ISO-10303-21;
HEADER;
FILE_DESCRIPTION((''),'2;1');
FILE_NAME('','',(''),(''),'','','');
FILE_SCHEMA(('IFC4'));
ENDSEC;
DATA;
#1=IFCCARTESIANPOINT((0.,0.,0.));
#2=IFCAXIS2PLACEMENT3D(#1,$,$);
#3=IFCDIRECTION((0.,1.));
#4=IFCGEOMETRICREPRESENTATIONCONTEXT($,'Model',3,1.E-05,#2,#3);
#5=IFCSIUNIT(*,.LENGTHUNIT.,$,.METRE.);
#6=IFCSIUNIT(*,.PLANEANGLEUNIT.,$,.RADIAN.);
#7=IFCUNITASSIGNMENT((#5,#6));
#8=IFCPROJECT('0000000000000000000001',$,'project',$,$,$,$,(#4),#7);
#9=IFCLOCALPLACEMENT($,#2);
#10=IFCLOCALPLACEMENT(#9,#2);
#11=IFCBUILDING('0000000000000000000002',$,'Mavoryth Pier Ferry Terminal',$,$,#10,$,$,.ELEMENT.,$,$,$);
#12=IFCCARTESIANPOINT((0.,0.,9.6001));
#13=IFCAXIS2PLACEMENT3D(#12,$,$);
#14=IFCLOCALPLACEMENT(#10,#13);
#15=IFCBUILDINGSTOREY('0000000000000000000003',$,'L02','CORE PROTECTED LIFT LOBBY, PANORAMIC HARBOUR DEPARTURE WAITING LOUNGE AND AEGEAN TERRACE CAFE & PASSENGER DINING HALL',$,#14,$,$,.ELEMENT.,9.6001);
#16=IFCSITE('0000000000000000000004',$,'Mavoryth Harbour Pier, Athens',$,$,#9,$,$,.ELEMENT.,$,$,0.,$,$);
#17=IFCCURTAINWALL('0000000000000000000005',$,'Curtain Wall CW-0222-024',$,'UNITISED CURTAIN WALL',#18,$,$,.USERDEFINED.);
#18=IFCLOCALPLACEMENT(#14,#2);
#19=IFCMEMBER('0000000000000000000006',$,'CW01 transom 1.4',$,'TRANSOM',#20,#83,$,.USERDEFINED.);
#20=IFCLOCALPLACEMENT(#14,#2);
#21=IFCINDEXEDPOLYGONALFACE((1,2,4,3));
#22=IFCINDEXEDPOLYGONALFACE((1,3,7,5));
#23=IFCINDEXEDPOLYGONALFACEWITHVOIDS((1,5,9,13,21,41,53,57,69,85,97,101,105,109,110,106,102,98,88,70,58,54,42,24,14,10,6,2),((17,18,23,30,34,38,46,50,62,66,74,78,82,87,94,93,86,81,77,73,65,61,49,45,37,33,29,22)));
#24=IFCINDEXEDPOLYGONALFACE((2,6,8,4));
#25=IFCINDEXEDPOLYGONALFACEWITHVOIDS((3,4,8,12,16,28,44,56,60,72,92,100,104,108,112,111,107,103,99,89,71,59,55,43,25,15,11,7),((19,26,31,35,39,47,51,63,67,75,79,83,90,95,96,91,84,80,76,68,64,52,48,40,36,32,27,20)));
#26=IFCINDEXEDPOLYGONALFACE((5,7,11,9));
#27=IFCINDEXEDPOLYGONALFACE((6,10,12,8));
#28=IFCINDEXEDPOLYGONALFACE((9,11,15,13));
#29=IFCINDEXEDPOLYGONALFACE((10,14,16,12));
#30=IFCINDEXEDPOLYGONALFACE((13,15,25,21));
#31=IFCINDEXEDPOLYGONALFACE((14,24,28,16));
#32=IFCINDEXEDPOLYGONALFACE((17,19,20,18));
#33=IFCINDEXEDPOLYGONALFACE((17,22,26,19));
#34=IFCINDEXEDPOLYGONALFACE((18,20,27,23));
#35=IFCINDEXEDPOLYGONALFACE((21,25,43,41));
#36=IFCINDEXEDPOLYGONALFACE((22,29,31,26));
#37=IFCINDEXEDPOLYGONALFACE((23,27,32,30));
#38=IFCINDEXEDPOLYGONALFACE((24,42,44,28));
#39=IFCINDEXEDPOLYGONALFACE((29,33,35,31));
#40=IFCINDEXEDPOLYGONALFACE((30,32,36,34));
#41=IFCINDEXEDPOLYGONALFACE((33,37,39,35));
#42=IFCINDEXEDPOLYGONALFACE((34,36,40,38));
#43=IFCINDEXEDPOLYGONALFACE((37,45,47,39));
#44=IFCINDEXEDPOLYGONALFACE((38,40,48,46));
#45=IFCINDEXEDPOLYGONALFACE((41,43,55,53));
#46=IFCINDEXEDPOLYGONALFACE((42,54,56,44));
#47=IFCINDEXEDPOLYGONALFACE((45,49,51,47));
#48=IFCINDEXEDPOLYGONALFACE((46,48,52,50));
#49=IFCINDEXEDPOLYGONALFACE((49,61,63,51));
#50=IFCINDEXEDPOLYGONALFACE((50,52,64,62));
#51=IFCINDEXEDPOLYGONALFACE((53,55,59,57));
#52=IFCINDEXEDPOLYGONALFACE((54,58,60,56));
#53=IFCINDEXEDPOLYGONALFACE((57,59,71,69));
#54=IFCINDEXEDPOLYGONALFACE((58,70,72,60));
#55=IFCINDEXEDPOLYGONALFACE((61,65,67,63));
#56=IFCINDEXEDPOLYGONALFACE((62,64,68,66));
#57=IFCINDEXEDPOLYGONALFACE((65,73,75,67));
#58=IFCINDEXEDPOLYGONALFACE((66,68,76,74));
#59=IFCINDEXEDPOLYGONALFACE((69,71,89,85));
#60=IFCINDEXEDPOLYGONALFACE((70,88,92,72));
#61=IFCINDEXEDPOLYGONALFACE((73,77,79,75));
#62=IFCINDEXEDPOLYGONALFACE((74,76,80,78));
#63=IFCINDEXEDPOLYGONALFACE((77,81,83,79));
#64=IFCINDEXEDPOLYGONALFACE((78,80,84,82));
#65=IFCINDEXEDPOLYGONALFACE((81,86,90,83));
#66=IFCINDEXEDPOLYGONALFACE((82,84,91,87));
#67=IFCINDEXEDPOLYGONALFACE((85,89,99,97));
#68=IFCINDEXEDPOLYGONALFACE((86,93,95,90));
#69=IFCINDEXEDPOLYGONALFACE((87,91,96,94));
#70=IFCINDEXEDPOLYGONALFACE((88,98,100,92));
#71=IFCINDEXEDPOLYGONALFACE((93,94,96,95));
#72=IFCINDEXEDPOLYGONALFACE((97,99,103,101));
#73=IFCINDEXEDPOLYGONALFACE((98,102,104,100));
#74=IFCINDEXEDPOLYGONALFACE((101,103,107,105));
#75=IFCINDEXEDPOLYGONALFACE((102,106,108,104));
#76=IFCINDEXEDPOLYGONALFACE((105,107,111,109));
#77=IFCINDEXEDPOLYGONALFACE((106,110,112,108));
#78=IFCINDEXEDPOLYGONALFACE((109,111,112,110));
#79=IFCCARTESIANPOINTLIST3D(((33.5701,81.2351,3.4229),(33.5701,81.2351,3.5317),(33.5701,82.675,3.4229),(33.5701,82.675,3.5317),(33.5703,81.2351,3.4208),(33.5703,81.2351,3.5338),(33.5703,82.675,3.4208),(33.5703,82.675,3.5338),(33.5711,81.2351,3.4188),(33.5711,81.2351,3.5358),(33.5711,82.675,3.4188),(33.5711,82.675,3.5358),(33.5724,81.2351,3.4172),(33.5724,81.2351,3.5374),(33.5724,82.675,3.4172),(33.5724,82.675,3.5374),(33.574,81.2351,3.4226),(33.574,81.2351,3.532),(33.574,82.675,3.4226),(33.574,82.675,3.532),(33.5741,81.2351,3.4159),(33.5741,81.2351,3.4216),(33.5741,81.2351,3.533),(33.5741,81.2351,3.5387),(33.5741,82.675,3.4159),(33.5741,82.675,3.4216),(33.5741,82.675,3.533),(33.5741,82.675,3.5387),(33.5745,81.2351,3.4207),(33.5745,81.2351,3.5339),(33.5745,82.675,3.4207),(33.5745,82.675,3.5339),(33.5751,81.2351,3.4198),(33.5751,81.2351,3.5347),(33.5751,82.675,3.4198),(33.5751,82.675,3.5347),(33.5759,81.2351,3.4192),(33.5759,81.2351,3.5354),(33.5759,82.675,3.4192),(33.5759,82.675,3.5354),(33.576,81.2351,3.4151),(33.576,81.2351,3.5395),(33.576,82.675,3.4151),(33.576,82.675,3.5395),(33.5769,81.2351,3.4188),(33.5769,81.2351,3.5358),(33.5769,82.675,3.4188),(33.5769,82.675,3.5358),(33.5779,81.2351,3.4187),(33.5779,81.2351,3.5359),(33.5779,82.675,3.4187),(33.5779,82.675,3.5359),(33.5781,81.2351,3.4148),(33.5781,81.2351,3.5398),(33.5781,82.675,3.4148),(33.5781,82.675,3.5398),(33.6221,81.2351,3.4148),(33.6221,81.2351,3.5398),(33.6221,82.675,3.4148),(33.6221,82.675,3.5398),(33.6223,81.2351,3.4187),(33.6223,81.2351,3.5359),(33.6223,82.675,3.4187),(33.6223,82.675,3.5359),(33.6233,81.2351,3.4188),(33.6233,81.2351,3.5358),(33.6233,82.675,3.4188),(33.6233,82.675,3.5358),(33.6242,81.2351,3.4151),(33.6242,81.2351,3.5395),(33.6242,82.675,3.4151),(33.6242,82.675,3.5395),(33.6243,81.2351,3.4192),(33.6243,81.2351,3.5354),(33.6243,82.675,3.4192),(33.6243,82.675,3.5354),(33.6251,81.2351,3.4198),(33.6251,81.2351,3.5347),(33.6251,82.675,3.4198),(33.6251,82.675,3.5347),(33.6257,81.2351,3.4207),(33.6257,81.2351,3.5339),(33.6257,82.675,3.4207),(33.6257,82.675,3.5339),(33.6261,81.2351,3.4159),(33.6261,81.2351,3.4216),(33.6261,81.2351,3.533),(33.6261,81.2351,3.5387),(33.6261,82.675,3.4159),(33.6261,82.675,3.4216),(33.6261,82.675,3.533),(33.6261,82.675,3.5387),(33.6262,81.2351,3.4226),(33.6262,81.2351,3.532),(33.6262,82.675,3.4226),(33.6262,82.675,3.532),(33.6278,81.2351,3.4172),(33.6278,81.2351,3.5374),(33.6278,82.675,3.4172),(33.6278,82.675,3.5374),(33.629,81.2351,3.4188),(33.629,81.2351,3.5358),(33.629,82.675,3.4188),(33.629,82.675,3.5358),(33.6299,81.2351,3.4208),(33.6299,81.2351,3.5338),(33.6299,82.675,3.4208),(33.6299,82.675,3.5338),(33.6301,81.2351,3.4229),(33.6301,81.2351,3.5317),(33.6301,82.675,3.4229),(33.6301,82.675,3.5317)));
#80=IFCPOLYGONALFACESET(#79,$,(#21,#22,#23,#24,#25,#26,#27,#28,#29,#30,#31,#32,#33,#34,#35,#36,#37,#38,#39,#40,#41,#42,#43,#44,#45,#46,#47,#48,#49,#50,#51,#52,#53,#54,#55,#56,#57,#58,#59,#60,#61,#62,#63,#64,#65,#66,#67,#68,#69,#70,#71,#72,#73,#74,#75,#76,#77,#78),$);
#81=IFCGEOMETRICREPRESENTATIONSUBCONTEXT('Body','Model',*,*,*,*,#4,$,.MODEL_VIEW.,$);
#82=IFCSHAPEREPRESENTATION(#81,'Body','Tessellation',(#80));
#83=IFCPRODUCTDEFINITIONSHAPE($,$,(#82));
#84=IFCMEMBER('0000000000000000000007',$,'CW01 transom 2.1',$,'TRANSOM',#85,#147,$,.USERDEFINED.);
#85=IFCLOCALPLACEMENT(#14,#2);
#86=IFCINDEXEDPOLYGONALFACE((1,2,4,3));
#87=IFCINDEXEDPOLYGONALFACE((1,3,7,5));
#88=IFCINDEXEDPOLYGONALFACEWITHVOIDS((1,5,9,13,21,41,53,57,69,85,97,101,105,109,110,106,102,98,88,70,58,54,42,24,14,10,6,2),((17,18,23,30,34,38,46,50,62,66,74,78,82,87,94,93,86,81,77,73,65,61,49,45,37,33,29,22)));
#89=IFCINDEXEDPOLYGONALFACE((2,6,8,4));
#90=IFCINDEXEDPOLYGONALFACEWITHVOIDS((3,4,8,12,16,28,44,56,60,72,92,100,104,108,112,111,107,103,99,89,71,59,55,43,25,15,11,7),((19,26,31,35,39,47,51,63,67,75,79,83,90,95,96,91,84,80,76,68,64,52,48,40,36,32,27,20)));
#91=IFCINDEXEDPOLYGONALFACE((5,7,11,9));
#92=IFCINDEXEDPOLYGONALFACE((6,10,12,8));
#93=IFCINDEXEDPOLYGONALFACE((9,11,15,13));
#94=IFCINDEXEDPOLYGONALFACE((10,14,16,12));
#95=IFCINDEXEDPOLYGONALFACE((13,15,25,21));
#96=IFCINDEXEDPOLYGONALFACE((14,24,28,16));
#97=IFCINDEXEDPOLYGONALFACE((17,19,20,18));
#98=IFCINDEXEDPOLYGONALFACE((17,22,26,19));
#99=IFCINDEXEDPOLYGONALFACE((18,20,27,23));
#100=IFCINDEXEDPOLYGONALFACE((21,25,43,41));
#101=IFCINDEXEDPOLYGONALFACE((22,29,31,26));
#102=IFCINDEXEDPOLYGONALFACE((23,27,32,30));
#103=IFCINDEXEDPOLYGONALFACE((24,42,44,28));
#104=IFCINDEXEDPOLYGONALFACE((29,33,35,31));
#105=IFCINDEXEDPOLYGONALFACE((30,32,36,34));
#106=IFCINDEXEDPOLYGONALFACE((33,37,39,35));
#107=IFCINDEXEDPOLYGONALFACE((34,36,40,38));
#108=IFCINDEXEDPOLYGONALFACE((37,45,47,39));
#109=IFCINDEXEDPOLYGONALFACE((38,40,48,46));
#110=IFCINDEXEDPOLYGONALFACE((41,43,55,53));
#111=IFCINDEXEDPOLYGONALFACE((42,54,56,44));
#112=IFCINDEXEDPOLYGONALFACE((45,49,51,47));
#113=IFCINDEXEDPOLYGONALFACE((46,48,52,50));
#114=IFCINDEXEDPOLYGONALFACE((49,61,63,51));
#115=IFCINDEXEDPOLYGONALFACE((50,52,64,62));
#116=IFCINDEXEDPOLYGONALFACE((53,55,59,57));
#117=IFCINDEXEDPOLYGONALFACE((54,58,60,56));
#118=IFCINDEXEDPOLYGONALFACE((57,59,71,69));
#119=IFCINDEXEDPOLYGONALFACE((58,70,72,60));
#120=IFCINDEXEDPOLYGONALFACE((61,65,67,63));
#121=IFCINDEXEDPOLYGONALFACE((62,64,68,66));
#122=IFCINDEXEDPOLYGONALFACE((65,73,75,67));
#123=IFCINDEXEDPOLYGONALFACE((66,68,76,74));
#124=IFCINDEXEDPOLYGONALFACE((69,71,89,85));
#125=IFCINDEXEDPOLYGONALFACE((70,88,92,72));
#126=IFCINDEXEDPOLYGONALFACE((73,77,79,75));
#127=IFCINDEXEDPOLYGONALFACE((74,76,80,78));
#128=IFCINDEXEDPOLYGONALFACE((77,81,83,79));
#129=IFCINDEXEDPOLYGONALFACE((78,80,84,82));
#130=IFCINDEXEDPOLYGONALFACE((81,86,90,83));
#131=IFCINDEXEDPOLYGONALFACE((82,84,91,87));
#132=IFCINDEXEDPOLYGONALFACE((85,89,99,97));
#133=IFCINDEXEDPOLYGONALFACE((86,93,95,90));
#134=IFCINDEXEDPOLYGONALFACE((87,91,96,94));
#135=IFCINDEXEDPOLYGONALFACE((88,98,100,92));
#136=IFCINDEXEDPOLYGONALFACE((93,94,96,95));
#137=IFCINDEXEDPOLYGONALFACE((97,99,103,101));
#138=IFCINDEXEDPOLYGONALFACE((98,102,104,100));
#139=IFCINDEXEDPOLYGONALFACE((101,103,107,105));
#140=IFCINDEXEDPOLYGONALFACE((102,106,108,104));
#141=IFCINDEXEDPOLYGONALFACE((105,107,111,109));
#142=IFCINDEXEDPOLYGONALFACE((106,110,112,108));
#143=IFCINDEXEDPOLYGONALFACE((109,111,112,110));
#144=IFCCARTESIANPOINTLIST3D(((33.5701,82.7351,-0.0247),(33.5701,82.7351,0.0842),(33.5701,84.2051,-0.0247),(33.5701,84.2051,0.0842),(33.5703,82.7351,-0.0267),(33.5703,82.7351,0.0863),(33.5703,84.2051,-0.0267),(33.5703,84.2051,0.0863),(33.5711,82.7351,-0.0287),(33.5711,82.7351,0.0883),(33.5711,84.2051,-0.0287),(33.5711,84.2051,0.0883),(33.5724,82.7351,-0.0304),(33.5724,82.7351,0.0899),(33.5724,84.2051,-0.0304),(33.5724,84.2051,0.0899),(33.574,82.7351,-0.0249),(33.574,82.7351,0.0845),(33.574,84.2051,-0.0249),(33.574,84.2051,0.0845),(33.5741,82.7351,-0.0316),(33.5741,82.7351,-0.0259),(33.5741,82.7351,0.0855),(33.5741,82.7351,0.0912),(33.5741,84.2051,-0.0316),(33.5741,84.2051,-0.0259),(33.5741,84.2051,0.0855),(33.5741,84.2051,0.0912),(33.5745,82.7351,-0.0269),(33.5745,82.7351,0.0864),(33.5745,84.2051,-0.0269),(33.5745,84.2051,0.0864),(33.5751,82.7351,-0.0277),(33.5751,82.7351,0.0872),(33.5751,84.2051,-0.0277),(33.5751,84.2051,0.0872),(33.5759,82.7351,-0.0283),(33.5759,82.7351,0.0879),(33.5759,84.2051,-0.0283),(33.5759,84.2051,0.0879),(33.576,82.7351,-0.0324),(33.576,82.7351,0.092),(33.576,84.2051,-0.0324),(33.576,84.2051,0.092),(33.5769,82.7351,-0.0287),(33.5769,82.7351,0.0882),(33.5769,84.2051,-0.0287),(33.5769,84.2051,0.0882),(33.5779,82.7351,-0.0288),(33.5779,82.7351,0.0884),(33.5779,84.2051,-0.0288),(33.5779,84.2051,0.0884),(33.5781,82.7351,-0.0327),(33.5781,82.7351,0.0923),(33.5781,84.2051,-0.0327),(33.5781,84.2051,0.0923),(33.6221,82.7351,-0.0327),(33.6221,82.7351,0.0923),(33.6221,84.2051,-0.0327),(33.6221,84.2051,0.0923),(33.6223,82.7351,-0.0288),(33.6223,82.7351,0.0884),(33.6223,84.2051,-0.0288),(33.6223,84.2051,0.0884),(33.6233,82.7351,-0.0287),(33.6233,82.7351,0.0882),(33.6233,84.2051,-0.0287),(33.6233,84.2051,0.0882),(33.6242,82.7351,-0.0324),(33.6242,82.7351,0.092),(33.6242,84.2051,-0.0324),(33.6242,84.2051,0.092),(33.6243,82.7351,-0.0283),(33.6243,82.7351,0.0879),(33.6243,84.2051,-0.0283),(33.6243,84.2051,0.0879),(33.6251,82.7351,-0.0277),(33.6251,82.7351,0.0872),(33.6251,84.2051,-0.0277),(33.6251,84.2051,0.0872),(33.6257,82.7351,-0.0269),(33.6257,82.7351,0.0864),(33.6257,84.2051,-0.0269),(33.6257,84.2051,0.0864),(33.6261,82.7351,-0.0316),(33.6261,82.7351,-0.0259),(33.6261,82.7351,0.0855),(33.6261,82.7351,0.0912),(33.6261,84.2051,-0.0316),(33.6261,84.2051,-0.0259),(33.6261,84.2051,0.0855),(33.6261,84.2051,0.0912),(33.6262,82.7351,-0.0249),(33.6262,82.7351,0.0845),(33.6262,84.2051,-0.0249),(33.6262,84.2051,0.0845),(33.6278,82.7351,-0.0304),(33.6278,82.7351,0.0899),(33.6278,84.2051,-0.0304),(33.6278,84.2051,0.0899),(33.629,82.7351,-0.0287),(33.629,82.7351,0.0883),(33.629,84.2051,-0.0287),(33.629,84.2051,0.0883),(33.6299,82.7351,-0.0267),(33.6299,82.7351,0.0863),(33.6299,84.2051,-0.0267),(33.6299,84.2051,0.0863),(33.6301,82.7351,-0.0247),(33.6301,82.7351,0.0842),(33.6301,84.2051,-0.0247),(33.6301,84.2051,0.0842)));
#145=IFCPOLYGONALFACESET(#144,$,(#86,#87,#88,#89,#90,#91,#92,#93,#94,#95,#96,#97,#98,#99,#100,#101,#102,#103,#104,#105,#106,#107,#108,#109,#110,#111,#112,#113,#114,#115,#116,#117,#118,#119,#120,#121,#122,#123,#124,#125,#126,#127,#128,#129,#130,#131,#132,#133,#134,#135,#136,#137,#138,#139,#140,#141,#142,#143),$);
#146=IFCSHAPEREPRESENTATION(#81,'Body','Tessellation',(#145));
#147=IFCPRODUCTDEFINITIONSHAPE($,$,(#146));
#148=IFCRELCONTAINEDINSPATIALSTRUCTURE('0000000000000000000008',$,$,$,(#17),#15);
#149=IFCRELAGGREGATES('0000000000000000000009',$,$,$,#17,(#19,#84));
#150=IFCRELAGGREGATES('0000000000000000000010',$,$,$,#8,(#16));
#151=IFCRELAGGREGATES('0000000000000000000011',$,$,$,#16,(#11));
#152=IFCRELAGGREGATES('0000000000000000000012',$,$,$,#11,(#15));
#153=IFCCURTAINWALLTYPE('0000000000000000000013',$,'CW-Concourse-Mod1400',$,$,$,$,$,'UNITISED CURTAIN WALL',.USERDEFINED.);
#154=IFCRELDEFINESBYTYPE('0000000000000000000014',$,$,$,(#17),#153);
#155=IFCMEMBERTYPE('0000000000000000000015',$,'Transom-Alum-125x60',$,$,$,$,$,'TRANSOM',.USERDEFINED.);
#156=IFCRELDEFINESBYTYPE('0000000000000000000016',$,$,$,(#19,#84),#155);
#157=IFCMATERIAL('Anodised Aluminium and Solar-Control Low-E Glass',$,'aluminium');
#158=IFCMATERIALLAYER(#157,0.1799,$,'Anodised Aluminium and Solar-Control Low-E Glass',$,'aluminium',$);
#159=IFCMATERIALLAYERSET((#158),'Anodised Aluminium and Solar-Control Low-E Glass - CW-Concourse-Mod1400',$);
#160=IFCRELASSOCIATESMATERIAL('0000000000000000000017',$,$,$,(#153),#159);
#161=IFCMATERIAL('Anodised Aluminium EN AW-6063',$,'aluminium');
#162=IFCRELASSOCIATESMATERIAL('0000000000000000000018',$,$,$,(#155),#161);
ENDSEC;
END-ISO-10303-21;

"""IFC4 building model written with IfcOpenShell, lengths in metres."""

from ifc_helpers import new_model, si_unit, direction, frame, origin, origin_2d, place, context, subcontext, project, spatial, hollow_rectangle, extrude, material, layer, layer_set, material_profile, profile_set, type_object, element, aggregate, save


model = new_model("IFC4")

# Units and contexts
model_context = context("Model", 3, precision=1e-05, world=origin(), true_north=direction((0.0, 1.0)))
body_context = subcontext(model_context, "Body", "Model", "MODEL_VIEW")
ifc_project = project(units=[si_unit("LENGTHUNIT", "METRE"), si_unit("PLANEANGLEUNIT", "RADIAN")], contexts=[model_context])

# Site, building, storey
site_placement = place(None, origin())
site = spatial("IfcSite", under=ifc_project, at=site_placement, Name="Mavoryth Harbour Pier, Athens", CompositionType="ELEMENT", RefElevation=0.0)
building_placement = place(site_placement, origin())
building = spatial("IfcBuilding", under=site, at=building_placement, Name="Mavoryth Pier Ferry Terminal", CompositionType="ELEMENT")
storey_placement = place(building_placement, frame((0.0, 0.0, 9.6001)))
storey = spatial("IfcBuildingStorey", under=building, at=storey_placement, Name="L02", Description="CORE PROTECTED LIFT LOBBY, PANORAMIC HARBOUR DEPARTURE WAITING LOUNGE AND AEGEAN TERRACE CAFE & PASSENGER DINING HALL", CompositionType="ELEMENT", Elevation=9.6001)

# Curtain wall
ifc_material_1 = material(Name="Anodised Aluminium and Solar-Control Low-E Glass", Category="aluminium")
ifc_layer_1 = layer(ifc_material_1, 0.1799, Name="Anodised Aluminium and Solar-Control Low-E Glass", Category="aluminium")
ifc_layer_set_1 = layer_set([ifc_layer_1], Name="Anodised Aluminium and Solar-Control Low-E Glass - CW-Concourse-Mod1400")
curtain_wall_type = type_object("IfcCurtainWallType", Name="CW-Concourse-Mod1400", ElementType="UNITISED CURTAIN WALL", PredefinedType="USERDEFINED", material=ifc_layer_set_1)
curtain_wall_placement = place(storey_placement, origin())
curtain_wall = element("IfcCurtainWall", 1, at=curtain_wall_placement, inside=storey, type_object=curtain_wall_type, Name="Curtain Wall CW-0222-024", ObjectType="UNITISED CURTAIN WALL", PredefinedType="USERDEFINED")
ifc_material_2 = material(Name="Anodised Aluminium EN AW-6063", Category="aluminium")

# Members
ifc_material_profile_1 = material_profile(ifc_material_2, hollow_rectangle(XDim=0.0601, YDim=0.125, WallThickness=0.0039, InnerFilletRadius=0.0039, OuterFilletRadius=0.0081, at=origin_2d()), Name="AL-TRAN 125x60x4", Category="aluminium")
ifc_profile_set_1 = profile_set([ifc_material_profile_1], Name="Anodised Aluminium EN AW-6063 - AL-TRAN 125x60x4")
member_type_1 = type_object("IfcMemberType", Name="Transom-Alum-125x60", ElementType="TRANSOM", PredefinedType="USERDEFINED", material=ifc_profile_set_1)
member_1_placement = place(storey_placement, frame((33.6001, 81.2351, 3.4773), z_axis=(0.0, 1.0, 0.0), x_axis=(-1.0, 0.0, 0.0)))
member_1 = element("IfcMember", 2, at=member_1_placement, type_object=member_type_1, Name="CW01 transom 1.4", ObjectType="TRANSOM", PredefinedType="USERDEFINED", context=body_context, shape_type="SweptSolid", body=[
    extrude(hollow_rectangle(XDim=0.0601, YDim=0.125, WallThickness=0.0039, InnerFilletRadius=0.0039, OuterFilletRadius=0.0081, at=origin_2d()), origin(), (0.0, 0.0, 1.0), 1.4399),
])
member_2_placement = place(storey_placement, frame((33.6001, 82.7351, 0.0298), z_axis=(0.0, 1.0, 0.0), x_axis=(-1.0, 0.0, 0.0)))
member_2 = element("IfcMember", 3, at=member_2_placement, type_object=member_type_1, Name="CW01 transom 2.1", ObjectType="TRANSOM", PredefinedType="USERDEFINED", context=body_context, shape_type="SweptSolid", body=[
    extrude(hollow_rectangle(XDim=0.0601, YDim=0.125, WallThickness=0.0039, InnerFilletRadius=0.0039, OuterFilletRadius=0.0081, at=origin_2d()), origin(), (0.0, 0.0, 1.0), 1.47),
])

aggregate(curtain_wall, [member_1, member_2])

save(model, "model.ifc")
